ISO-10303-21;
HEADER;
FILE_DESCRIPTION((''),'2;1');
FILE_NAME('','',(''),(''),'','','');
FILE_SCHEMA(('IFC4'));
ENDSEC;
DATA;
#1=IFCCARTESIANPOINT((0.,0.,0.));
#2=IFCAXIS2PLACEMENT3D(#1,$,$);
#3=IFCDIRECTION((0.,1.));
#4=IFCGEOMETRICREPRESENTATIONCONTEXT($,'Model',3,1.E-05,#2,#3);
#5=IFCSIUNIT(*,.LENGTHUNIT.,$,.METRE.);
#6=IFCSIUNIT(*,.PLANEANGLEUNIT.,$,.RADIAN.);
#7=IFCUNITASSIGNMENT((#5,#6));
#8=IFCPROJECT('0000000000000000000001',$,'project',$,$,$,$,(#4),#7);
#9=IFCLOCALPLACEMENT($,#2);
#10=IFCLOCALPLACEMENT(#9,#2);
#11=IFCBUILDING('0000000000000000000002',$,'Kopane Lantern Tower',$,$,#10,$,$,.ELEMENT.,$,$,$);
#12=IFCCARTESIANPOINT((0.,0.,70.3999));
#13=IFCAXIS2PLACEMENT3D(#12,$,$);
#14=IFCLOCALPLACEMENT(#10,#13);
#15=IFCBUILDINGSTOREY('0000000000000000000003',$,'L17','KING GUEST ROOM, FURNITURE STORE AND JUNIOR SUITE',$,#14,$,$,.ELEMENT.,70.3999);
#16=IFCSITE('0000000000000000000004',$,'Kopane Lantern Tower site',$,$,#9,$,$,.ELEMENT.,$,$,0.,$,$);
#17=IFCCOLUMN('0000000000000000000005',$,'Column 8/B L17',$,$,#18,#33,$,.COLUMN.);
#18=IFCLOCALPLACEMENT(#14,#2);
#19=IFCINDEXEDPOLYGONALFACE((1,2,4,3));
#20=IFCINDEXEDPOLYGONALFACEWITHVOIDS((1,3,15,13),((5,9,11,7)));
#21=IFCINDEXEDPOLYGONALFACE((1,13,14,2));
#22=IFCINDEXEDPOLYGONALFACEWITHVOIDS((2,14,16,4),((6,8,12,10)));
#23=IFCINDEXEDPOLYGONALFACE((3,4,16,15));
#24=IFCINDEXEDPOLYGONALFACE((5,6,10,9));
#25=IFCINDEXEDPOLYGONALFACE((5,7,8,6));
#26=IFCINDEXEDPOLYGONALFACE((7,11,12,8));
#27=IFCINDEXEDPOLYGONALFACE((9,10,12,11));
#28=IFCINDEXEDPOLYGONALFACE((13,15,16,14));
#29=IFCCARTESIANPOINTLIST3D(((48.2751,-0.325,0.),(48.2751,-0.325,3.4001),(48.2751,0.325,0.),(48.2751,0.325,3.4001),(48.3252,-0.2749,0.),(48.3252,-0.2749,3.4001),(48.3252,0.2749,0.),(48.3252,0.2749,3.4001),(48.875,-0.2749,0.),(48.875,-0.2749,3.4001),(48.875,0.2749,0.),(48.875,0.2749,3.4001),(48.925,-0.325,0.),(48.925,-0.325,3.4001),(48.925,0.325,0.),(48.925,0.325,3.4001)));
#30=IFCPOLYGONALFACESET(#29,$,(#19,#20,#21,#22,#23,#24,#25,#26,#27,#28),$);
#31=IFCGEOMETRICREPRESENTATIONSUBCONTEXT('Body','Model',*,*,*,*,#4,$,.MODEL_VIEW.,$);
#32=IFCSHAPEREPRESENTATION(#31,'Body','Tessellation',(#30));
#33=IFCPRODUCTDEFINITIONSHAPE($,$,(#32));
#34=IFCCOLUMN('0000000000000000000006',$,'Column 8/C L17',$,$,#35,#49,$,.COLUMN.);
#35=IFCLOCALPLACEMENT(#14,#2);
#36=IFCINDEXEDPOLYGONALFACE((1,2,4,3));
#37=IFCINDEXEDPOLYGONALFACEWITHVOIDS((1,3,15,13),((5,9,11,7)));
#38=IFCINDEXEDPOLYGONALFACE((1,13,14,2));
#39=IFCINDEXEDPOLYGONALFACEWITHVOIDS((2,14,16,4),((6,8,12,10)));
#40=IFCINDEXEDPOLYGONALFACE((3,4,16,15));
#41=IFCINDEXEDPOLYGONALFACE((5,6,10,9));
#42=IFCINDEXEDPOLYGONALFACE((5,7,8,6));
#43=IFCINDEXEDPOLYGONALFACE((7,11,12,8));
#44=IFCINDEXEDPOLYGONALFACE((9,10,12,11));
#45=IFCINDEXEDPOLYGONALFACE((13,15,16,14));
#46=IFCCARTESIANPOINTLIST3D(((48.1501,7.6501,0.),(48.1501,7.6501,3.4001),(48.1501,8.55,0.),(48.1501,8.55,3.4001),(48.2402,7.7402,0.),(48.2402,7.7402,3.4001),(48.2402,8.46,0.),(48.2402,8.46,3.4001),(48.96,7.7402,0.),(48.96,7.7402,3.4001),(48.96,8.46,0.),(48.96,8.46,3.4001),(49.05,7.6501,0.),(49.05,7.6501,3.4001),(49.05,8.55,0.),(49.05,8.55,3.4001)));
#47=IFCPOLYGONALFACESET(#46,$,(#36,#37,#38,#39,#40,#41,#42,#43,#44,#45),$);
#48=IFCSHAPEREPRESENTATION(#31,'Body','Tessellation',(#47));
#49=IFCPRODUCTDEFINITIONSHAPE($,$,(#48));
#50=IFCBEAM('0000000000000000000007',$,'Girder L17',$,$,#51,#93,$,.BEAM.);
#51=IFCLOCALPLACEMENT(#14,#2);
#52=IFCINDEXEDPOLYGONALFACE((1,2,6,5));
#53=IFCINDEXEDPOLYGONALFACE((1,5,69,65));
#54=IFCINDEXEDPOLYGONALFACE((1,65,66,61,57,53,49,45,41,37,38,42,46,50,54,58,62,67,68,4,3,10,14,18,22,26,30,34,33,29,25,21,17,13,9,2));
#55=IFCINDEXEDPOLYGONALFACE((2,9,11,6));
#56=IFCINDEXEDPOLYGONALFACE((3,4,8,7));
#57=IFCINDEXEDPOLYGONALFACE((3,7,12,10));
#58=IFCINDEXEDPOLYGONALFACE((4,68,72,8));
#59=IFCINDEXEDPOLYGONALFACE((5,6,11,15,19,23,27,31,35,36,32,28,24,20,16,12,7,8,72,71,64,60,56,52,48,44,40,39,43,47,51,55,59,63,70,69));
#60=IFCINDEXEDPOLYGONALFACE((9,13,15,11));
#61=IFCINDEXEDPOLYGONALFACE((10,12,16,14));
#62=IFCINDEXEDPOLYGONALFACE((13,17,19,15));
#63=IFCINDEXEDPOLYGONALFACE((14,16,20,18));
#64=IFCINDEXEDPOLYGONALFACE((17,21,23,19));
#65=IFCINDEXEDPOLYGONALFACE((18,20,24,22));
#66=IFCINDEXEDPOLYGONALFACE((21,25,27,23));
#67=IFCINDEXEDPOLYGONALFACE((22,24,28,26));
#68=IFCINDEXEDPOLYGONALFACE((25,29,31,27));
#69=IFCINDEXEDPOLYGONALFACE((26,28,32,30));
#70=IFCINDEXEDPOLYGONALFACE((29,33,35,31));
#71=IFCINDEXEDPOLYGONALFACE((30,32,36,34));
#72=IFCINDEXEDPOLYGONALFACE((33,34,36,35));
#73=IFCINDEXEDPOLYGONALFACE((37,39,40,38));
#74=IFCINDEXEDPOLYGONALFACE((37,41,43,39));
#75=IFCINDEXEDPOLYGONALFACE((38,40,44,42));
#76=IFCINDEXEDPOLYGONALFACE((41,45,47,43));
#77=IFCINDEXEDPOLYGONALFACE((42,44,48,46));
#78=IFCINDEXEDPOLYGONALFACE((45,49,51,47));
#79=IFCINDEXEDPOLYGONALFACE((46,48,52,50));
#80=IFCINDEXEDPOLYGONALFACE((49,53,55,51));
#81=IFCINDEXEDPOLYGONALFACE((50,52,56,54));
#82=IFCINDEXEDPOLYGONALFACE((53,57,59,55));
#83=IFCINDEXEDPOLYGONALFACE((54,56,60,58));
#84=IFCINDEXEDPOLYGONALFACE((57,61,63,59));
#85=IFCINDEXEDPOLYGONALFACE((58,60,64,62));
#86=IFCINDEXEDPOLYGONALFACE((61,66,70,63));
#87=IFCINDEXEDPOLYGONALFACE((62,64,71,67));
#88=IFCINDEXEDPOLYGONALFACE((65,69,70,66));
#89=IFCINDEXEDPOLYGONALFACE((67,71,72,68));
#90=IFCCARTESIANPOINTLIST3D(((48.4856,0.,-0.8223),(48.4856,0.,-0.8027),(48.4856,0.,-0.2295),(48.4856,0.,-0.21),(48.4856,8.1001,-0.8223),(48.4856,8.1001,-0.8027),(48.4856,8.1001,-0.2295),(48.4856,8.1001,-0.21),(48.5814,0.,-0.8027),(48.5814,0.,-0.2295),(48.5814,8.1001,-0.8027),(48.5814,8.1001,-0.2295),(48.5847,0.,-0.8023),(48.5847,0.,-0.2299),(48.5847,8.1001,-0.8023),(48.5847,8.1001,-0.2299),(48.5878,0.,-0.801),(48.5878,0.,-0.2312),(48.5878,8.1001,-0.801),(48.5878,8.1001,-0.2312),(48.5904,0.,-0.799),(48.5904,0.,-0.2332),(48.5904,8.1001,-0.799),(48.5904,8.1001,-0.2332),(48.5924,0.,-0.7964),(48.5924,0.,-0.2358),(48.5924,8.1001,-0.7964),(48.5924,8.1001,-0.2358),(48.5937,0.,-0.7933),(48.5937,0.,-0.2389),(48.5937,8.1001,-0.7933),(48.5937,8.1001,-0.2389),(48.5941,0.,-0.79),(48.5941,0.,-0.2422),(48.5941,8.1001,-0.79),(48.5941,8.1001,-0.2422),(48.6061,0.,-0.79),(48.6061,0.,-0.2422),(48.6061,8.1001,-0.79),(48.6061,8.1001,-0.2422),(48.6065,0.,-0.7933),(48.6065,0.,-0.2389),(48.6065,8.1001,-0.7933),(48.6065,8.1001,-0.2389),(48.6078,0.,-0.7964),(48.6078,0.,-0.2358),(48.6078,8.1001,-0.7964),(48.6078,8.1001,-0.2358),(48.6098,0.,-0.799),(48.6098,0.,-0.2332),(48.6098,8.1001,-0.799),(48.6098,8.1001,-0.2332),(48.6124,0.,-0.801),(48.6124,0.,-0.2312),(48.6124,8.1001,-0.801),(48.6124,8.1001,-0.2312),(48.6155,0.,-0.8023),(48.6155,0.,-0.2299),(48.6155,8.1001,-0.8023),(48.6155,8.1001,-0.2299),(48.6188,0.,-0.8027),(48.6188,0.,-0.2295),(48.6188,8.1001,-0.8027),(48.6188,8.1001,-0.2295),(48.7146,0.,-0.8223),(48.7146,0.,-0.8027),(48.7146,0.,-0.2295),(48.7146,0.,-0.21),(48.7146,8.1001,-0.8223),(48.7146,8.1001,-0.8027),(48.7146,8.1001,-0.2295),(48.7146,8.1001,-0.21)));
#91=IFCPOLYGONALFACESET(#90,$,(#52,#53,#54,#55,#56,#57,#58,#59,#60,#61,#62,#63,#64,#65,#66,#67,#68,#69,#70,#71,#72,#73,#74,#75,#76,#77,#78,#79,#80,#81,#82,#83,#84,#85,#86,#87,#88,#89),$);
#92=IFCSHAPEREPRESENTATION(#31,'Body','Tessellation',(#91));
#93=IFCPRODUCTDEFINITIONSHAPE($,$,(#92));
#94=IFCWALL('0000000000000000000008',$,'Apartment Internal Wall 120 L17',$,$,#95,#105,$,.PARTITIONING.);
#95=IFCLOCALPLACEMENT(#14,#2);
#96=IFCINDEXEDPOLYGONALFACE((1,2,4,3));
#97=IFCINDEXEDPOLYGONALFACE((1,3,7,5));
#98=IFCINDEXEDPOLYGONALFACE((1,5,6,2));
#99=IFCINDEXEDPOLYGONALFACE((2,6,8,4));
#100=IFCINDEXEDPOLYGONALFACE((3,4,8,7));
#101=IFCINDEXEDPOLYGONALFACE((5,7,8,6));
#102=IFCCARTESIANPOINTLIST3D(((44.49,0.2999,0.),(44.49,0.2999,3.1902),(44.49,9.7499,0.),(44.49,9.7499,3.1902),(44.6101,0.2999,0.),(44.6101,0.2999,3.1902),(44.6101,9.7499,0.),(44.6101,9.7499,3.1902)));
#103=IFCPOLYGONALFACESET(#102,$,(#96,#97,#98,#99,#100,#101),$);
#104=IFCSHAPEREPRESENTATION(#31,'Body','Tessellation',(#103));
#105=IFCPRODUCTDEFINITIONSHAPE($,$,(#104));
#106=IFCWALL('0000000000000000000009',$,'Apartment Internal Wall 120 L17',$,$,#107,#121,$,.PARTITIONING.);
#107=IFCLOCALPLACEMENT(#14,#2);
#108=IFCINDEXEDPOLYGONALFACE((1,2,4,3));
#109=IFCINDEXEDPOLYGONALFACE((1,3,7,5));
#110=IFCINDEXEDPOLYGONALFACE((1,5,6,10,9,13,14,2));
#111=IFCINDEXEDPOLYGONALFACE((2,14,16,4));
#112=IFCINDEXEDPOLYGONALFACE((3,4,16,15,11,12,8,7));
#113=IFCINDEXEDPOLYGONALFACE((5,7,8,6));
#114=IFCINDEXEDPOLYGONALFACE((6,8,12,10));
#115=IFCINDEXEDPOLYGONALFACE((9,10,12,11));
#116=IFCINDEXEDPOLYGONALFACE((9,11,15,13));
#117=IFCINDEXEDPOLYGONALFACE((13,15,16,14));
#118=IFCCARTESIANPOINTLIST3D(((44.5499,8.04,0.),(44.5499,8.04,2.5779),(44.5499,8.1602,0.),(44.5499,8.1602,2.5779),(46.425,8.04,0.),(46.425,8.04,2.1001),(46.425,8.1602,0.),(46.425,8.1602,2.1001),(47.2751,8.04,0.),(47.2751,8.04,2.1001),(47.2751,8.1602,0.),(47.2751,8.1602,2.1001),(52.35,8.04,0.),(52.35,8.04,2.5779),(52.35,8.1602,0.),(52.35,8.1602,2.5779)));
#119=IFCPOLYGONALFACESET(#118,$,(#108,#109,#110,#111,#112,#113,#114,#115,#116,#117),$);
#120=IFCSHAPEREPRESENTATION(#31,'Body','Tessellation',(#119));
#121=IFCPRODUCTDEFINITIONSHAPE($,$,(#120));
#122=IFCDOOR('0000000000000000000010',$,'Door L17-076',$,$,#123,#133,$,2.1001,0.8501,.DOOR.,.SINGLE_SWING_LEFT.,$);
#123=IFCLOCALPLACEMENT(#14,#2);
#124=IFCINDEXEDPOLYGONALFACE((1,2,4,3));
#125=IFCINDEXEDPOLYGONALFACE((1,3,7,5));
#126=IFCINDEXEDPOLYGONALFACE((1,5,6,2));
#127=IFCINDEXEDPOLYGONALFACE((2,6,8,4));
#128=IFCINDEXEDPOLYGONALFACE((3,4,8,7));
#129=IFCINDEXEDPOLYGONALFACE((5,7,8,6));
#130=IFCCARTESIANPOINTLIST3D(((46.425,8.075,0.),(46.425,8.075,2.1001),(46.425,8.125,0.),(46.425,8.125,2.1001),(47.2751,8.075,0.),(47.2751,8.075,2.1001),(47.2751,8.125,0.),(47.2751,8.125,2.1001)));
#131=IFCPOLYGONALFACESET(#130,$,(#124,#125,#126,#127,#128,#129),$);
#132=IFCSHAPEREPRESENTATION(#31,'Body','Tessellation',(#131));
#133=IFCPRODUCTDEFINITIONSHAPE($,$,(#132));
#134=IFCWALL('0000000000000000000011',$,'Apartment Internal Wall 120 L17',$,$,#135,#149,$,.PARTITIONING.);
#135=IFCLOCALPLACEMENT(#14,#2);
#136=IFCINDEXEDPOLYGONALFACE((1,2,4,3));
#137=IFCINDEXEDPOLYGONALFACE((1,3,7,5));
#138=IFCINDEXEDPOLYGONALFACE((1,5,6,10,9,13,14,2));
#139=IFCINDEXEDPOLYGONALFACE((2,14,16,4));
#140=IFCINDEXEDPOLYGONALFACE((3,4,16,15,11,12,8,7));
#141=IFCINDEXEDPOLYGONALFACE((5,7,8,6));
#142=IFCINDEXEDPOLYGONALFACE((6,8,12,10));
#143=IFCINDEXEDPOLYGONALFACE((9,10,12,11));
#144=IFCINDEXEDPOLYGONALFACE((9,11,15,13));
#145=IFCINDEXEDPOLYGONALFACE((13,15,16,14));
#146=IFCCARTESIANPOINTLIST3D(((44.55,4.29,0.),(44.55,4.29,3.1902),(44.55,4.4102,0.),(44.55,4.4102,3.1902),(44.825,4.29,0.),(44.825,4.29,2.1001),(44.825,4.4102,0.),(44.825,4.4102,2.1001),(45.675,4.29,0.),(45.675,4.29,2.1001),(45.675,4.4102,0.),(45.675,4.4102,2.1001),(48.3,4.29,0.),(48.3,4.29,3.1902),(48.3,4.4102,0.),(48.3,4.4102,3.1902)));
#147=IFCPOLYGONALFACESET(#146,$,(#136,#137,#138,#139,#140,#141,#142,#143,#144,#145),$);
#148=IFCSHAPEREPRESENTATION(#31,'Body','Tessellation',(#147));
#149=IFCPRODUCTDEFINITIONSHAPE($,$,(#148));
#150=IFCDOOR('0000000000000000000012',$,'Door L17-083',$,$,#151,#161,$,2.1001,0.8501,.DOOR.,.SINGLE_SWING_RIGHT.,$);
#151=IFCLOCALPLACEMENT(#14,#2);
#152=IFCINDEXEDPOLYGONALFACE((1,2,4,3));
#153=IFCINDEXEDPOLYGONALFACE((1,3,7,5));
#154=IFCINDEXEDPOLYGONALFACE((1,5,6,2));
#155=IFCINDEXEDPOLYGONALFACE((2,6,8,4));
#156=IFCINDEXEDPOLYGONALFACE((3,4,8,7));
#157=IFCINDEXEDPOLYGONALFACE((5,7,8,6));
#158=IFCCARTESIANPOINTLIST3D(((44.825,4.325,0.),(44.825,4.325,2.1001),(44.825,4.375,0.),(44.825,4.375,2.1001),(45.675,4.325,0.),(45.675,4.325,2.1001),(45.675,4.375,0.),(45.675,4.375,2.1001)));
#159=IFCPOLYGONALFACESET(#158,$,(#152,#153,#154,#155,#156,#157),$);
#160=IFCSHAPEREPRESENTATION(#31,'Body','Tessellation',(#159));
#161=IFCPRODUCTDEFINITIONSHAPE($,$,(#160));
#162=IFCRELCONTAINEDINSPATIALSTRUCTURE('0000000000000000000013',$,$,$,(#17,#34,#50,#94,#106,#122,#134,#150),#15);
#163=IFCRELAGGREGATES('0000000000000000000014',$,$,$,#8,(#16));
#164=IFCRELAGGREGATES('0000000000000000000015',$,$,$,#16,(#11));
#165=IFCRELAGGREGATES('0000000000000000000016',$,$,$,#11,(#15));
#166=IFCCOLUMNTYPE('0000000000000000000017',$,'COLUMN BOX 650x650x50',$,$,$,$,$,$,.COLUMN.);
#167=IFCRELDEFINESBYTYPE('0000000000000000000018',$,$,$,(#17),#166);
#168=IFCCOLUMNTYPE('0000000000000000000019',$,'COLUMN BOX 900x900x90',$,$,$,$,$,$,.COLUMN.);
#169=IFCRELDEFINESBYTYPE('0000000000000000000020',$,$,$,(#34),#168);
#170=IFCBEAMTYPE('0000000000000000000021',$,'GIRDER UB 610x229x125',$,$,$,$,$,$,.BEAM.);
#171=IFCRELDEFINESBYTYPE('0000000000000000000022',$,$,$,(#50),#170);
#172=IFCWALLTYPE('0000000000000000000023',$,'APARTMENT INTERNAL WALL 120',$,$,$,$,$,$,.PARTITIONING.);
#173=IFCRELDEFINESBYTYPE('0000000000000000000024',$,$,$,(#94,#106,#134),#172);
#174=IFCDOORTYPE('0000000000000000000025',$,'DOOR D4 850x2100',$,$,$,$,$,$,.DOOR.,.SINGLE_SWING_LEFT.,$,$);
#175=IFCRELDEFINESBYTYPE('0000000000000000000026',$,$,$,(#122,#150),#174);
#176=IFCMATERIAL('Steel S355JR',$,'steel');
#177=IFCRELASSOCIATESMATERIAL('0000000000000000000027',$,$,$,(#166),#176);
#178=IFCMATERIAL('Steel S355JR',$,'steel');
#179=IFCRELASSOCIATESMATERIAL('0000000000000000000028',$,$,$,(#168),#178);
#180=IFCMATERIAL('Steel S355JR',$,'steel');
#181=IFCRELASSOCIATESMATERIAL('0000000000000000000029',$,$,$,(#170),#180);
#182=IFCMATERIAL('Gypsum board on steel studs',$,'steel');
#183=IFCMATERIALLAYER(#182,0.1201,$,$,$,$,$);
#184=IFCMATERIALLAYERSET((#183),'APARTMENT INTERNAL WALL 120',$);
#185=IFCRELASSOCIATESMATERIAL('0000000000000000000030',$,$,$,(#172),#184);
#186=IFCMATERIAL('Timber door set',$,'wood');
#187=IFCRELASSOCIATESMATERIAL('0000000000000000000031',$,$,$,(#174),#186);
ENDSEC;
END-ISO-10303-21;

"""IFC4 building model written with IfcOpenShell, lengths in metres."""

from ifc_helpers import new_model, si_unit, direction, frame, frame_2d, origin, origin_2d, place, context, subcontext, project, spatial, rectangle, hollow_rectangle, i_section, extrude, material, layer, layer_set, material_profile, profile_set, type_object, element, fill, save


model = new_model("IFC4")

# Units and contexts
model_context = context("Model", 3, precision=1e-05, world=origin(), true_north=direction((0.0, 1.0)))
body_context = subcontext(model_context, "Body", "Model", "MODEL_VIEW")
ifc_project = project(units=[si_unit("LENGTHUNIT", "METRE"), si_unit("PLANEANGLEUNIT", "RADIAN")], contexts=[model_context])

# Site, building, storey
site_placement = place(None, origin())
site = spatial("IfcSite", under=ifc_project, at=site_placement, Name="Kopane Lantern Tower site", CompositionType="ELEMENT", RefElevation=0.0)
building_placement = place(site_placement, origin())
building = spatial("IfcBuilding", under=site, at=building_placement, Name="Kopane Lantern Tower", CompositionType="ELEMENT")
storey_placement = place(building_placement, frame((0.0, 0.0, 70.3999)))
storey = spatial("IfcBuildingStorey", under=building, at=storey_placement, Name="L17", Description="KING GUEST ROOM, FURNITURE STORE AND JUNIOR SUITE", CompositionType="ELEMENT", Elevation=70.3999)

# Columns
ifc_material_1 = material(Name="Steel S355JR", Category="steel")
ifc_material_profile_1 = material_profile(ifc_material_1, hollow_rectangle(XDim=0.6499, YDim=0.6499, WallThickness=0.05, at=origin_2d()), Name="BOX 650x650x50")
ifc_profile_set_1 = profile_set([ifc_material_profile_1], Name="Steel S355JR")
column_type_1 = type_object("IfcColumnType", Name="COLUMN BOX 650x650x50", PredefinedType="COLUMN", material=ifc_profile_set_1)
column_1_placement = place(storey_placement, frame((48.6001, 0.0, 0.0), z_axis=(0.0, 0.0, 1.0), x_axis=(1.0, 0.0, 0.0)))
element("IfcColumn", 1, at=column_1_placement, inside=storey, type_object=column_type_1, Name="Column 8/B L17", PredefinedType="COLUMN", context=body_context, shape_type="SweptSolid", body=[
    extrude(hollow_rectangle(XDim=0.6499, YDim=0.6499, WallThickness=0.05, at=origin_2d()), origin(), (0.0, 0.0, 1.0), 3.4001),
])
ifc_material_2 = material(Name="Steel S355JR", Category="steel")
ifc_material_profile_2 = material_profile(ifc_material_2, hollow_rectangle(XDim=0.8999, YDim=0.8999, WallThickness=0.0901, at=origin_2d()), Name="BOX 900x900x90")
ifc_profile_set_2 = profile_set([ifc_material_profile_2], Name="Steel S355JR")
column_type_2 = type_object("IfcColumnType", Name="COLUMN BOX 900x900x90", PredefinedType="COLUMN", material=ifc_profile_set_2)
column_2_placement = place(storey_placement, frame((48.6001, 8.1001, 0.0), z_axis=(0.0, 0.0, 1.0), x_axis=(1.0, 0.0, 0.0)))
element("IfcColumn", 2, at=column_2_placement, inside=storey, type_object=column_type_2, Name="Column 8/C L17", PredefinedType="COLUMN", context=body_context, shape_type="SweptSolid", body=[
    extrude(hollow_rectangle(XDim=0.8999, YDim=0.8999, WallThickness=0.0901, at=origin_2d()), origin(), (0.0, 0.0, 1.0), 3.4001),
])

# Beam
ifc_material_3 = material(Name="Steel S355JR", Category="steel")
ifc_material_profile_3 = material_profile(ifc_material_3, i_section(OverallWidth=0.229, OverallDepth=0.6123, WebThickness=0.012, FlangeThickness=0.0195, FilletRadius=0.0127, at=origin_2d()), Name="UB 610x229x125")
ifc_profile_set_3 = profile_set([ifc_material_profile_3], Name="Steel S355JR")
beam_type = type_object("IfcBeamType", Name="GIRDER UB 610x229x125", PredefinedType="BEAM", material=ifc_profile_set_3)
beam_placement = place(storey_placement, frame((48.6001, 0.0, -0.5161), z_axis=(0.0, 1.0, 0.0), x_axis=(-1.0, 0.0, 0.0)))
element("IfcBeam", 3, at=beam_placement, inside=storey, type_object=beam_type, Name="Girder L17", PredefinedType="BEAM", context=body_context, shape_type="SweptSolid", body=[
    extrude(i_section(OverallWidth=0.229, OverallDepth=0.6123, WebThickness=0.012, FlangeThickness=0.0195, FilletRadius=0.0127, at=origin_2d()), origin(), (0.0, 0.0, 1.0), 8.1001),
])

# Wall
ifc_material_4 = material(Name="Gypsum board on steel studs", Category="steel")
ifc_layer_1 = layer(ifc_material_4, 0.1201)
ifc_layer_set_1 = layer_set([ifc_layer_1], Name="APARTMENT INTERNAL WALL 120")
wall_type_1 = type_object("IfcWallType", Name="APARTMENT INTERNAL WALL 120", PredefinedType="PARTITIONING", material=ifc_layer_set_1)
wall_1_placement = place(storey_placement, frame((44.55, 9.75, 0.0), z_axis=(0.0, 0.0, 1.0), x_axis=(0.0, -1.0, 0.0)))
element("IfcWall", 4, at=wall_1_placement, inside=storey, type_object=wall_type_1, Name="Apartment Internal Wall 120 L17", PredefinedType="PARTITIONING", context=body_context, shape_type="SweptSolid", body=[
    extrude(rectangle(XDim=9.45, YDim=0.1201, at=frame_2d((4.7251, 0.0))), origin(), (0.0, 0.0, 1.0), 3.1902),
])

# Walls, openings, doors
wall_2_placement = place(storey_placement, frame((44.55, 8.1001, 0.0), z_axis=(0.0, 0.0, 1.0), x_axis=(1.0, 0.0, 0.0)))
wall_2 = element("IfcWall", 5, at=wall_2_placement, inside=storey, type_object=wall_type_1, Name="Apartment Internal Wall 120 L17", PredefinedType="PARTITIONING", context=body_context, shape_type="SweptSolid", body=[
    extrude(rectangle(XDim=7.8, YDim=0.1201, at=frame_2d((3.8999, 0.0))), origin(), (0.0, 0.0, 1.0), 2.5779),
])
opening_1_placement = place(wall_2_placement, frame((1.875, 0.0, 0.0)))
opening_1 = element("IfcOpeningElement", 6, at=opening_1_placement, cuts=wall_2, PredefinedType="OPENING", context=body_context, shape_type="SweptSolid", body=[
    extrude(rectangle(XDim=0.8501, YDim=2.1001, at=frame_2d((0.425, 1.05))), frame((0.0, 0.0701, 0.0), z_axis=(0.0, -1.0, 0.0), x_axis=(1.0, 0.0, 0.0)), (0.0, 0.0, 1.0), 0.1401),
])
ifc_material_5 = material(Name="Timber door set", Category="wood")
door_type_1 = type_object("IfcDoorType", Name="DOOR D4 850x2100", OperationType="SINGLE_SWING_LEFT", PredefinedType="DOOR", material=ifc_material_5)
door_1_placement = place(opening_1_placement, origin())
door_1 = element("IfcDoor", 7, at=door_1_placement, inside=storey, type_object=door_type_1, Name="Door L17-076", OperationType="SINGLE_SWING_LEFT", OverallHeight=2.1001, OverallWidth=0.8501, PredefinedType="DOOR", context=body_context, shape_type="SweptSolid", body=[
    extrude(rectangle(XDim=0.8501, YDim=2.1001, at=frame_2d((0.425, 1.05))), frame((0.0, 0.0249, 0.0), z_axis=(0.0, -1.0, 0.0), x_axis=(1.0, 0.0, 0.0)), (0.0, 0.0, 1.0), 0.05),
])
fill(opening_1, door_1)
wall_3_placement = place(storey_placement, frame((44.55, 4.3501, 0.0), z_axis=(0.0, 0.0, 1.0), x_axis=(1.0, 0.0, 0.0)))
wall_3 = element("IfcWall", 8, at=wall_3_placement, inside=storey, type_object=wall_type_1, Name="Apartment Internal Wall 120 L17", PredefinedType="PARTITIONING", context=body_context, shape_type="SweptSolid", body=[
    extrude(rectangle(XDim=3.75, YDim=0.1201, at=frame_2d((1.875, 0.0))), origin(), (0.0, 0.0, 1.0), 3.1902),
])
opening_2_placement = place(wall_3_placement, frame((0.2749, 0.0, 0.0)))
opening_2 = element("IfcOpeningElement", 9, at=opening_2_placement, cuts=wall_3, PredefinedType="OPENING", context=body_context, shape_type="SweptSolid", body=[
    extrude(rectangle(XDim=0.8501, YDim=2.1001, at=frame_2d((0.425, 1.05))), frame((0.0, 0.0701, 0.0), z_axis=(0.0, -1.0, 0.0), x_axis=(1.0, 0.0, 0.0)), (0.0, 0.0, 1.0), 0.1401),
])
door_2_placement = place(opening_2_placement, origin())
door_2 = element("IfcDoor", 10, at=door_2_placement, inside=storey, type_object=door_type_1, Name="Door L17-083", OperationType="SINGLE_SWING_RIGHT", OverallHeight=2.1001, OverallWidth=0.8501, PredefinedType="DOOR", context=body_context, shape_type="SweptSolid", body=[
    extrude(rectangle(XDim=0.8501, YDim=2.1001, at=frame_2d((0.425, 1.05))), frame((0.0, 0.0249, 0.0), z_axis=(0.0, -1.0, 0.0), x_axis=(1.0, 0.0, 0.0)), (0.0, 0.0, 1.0), 0.05),
])
fill(opening_2, door_2)

save(model, "model.ifc")
